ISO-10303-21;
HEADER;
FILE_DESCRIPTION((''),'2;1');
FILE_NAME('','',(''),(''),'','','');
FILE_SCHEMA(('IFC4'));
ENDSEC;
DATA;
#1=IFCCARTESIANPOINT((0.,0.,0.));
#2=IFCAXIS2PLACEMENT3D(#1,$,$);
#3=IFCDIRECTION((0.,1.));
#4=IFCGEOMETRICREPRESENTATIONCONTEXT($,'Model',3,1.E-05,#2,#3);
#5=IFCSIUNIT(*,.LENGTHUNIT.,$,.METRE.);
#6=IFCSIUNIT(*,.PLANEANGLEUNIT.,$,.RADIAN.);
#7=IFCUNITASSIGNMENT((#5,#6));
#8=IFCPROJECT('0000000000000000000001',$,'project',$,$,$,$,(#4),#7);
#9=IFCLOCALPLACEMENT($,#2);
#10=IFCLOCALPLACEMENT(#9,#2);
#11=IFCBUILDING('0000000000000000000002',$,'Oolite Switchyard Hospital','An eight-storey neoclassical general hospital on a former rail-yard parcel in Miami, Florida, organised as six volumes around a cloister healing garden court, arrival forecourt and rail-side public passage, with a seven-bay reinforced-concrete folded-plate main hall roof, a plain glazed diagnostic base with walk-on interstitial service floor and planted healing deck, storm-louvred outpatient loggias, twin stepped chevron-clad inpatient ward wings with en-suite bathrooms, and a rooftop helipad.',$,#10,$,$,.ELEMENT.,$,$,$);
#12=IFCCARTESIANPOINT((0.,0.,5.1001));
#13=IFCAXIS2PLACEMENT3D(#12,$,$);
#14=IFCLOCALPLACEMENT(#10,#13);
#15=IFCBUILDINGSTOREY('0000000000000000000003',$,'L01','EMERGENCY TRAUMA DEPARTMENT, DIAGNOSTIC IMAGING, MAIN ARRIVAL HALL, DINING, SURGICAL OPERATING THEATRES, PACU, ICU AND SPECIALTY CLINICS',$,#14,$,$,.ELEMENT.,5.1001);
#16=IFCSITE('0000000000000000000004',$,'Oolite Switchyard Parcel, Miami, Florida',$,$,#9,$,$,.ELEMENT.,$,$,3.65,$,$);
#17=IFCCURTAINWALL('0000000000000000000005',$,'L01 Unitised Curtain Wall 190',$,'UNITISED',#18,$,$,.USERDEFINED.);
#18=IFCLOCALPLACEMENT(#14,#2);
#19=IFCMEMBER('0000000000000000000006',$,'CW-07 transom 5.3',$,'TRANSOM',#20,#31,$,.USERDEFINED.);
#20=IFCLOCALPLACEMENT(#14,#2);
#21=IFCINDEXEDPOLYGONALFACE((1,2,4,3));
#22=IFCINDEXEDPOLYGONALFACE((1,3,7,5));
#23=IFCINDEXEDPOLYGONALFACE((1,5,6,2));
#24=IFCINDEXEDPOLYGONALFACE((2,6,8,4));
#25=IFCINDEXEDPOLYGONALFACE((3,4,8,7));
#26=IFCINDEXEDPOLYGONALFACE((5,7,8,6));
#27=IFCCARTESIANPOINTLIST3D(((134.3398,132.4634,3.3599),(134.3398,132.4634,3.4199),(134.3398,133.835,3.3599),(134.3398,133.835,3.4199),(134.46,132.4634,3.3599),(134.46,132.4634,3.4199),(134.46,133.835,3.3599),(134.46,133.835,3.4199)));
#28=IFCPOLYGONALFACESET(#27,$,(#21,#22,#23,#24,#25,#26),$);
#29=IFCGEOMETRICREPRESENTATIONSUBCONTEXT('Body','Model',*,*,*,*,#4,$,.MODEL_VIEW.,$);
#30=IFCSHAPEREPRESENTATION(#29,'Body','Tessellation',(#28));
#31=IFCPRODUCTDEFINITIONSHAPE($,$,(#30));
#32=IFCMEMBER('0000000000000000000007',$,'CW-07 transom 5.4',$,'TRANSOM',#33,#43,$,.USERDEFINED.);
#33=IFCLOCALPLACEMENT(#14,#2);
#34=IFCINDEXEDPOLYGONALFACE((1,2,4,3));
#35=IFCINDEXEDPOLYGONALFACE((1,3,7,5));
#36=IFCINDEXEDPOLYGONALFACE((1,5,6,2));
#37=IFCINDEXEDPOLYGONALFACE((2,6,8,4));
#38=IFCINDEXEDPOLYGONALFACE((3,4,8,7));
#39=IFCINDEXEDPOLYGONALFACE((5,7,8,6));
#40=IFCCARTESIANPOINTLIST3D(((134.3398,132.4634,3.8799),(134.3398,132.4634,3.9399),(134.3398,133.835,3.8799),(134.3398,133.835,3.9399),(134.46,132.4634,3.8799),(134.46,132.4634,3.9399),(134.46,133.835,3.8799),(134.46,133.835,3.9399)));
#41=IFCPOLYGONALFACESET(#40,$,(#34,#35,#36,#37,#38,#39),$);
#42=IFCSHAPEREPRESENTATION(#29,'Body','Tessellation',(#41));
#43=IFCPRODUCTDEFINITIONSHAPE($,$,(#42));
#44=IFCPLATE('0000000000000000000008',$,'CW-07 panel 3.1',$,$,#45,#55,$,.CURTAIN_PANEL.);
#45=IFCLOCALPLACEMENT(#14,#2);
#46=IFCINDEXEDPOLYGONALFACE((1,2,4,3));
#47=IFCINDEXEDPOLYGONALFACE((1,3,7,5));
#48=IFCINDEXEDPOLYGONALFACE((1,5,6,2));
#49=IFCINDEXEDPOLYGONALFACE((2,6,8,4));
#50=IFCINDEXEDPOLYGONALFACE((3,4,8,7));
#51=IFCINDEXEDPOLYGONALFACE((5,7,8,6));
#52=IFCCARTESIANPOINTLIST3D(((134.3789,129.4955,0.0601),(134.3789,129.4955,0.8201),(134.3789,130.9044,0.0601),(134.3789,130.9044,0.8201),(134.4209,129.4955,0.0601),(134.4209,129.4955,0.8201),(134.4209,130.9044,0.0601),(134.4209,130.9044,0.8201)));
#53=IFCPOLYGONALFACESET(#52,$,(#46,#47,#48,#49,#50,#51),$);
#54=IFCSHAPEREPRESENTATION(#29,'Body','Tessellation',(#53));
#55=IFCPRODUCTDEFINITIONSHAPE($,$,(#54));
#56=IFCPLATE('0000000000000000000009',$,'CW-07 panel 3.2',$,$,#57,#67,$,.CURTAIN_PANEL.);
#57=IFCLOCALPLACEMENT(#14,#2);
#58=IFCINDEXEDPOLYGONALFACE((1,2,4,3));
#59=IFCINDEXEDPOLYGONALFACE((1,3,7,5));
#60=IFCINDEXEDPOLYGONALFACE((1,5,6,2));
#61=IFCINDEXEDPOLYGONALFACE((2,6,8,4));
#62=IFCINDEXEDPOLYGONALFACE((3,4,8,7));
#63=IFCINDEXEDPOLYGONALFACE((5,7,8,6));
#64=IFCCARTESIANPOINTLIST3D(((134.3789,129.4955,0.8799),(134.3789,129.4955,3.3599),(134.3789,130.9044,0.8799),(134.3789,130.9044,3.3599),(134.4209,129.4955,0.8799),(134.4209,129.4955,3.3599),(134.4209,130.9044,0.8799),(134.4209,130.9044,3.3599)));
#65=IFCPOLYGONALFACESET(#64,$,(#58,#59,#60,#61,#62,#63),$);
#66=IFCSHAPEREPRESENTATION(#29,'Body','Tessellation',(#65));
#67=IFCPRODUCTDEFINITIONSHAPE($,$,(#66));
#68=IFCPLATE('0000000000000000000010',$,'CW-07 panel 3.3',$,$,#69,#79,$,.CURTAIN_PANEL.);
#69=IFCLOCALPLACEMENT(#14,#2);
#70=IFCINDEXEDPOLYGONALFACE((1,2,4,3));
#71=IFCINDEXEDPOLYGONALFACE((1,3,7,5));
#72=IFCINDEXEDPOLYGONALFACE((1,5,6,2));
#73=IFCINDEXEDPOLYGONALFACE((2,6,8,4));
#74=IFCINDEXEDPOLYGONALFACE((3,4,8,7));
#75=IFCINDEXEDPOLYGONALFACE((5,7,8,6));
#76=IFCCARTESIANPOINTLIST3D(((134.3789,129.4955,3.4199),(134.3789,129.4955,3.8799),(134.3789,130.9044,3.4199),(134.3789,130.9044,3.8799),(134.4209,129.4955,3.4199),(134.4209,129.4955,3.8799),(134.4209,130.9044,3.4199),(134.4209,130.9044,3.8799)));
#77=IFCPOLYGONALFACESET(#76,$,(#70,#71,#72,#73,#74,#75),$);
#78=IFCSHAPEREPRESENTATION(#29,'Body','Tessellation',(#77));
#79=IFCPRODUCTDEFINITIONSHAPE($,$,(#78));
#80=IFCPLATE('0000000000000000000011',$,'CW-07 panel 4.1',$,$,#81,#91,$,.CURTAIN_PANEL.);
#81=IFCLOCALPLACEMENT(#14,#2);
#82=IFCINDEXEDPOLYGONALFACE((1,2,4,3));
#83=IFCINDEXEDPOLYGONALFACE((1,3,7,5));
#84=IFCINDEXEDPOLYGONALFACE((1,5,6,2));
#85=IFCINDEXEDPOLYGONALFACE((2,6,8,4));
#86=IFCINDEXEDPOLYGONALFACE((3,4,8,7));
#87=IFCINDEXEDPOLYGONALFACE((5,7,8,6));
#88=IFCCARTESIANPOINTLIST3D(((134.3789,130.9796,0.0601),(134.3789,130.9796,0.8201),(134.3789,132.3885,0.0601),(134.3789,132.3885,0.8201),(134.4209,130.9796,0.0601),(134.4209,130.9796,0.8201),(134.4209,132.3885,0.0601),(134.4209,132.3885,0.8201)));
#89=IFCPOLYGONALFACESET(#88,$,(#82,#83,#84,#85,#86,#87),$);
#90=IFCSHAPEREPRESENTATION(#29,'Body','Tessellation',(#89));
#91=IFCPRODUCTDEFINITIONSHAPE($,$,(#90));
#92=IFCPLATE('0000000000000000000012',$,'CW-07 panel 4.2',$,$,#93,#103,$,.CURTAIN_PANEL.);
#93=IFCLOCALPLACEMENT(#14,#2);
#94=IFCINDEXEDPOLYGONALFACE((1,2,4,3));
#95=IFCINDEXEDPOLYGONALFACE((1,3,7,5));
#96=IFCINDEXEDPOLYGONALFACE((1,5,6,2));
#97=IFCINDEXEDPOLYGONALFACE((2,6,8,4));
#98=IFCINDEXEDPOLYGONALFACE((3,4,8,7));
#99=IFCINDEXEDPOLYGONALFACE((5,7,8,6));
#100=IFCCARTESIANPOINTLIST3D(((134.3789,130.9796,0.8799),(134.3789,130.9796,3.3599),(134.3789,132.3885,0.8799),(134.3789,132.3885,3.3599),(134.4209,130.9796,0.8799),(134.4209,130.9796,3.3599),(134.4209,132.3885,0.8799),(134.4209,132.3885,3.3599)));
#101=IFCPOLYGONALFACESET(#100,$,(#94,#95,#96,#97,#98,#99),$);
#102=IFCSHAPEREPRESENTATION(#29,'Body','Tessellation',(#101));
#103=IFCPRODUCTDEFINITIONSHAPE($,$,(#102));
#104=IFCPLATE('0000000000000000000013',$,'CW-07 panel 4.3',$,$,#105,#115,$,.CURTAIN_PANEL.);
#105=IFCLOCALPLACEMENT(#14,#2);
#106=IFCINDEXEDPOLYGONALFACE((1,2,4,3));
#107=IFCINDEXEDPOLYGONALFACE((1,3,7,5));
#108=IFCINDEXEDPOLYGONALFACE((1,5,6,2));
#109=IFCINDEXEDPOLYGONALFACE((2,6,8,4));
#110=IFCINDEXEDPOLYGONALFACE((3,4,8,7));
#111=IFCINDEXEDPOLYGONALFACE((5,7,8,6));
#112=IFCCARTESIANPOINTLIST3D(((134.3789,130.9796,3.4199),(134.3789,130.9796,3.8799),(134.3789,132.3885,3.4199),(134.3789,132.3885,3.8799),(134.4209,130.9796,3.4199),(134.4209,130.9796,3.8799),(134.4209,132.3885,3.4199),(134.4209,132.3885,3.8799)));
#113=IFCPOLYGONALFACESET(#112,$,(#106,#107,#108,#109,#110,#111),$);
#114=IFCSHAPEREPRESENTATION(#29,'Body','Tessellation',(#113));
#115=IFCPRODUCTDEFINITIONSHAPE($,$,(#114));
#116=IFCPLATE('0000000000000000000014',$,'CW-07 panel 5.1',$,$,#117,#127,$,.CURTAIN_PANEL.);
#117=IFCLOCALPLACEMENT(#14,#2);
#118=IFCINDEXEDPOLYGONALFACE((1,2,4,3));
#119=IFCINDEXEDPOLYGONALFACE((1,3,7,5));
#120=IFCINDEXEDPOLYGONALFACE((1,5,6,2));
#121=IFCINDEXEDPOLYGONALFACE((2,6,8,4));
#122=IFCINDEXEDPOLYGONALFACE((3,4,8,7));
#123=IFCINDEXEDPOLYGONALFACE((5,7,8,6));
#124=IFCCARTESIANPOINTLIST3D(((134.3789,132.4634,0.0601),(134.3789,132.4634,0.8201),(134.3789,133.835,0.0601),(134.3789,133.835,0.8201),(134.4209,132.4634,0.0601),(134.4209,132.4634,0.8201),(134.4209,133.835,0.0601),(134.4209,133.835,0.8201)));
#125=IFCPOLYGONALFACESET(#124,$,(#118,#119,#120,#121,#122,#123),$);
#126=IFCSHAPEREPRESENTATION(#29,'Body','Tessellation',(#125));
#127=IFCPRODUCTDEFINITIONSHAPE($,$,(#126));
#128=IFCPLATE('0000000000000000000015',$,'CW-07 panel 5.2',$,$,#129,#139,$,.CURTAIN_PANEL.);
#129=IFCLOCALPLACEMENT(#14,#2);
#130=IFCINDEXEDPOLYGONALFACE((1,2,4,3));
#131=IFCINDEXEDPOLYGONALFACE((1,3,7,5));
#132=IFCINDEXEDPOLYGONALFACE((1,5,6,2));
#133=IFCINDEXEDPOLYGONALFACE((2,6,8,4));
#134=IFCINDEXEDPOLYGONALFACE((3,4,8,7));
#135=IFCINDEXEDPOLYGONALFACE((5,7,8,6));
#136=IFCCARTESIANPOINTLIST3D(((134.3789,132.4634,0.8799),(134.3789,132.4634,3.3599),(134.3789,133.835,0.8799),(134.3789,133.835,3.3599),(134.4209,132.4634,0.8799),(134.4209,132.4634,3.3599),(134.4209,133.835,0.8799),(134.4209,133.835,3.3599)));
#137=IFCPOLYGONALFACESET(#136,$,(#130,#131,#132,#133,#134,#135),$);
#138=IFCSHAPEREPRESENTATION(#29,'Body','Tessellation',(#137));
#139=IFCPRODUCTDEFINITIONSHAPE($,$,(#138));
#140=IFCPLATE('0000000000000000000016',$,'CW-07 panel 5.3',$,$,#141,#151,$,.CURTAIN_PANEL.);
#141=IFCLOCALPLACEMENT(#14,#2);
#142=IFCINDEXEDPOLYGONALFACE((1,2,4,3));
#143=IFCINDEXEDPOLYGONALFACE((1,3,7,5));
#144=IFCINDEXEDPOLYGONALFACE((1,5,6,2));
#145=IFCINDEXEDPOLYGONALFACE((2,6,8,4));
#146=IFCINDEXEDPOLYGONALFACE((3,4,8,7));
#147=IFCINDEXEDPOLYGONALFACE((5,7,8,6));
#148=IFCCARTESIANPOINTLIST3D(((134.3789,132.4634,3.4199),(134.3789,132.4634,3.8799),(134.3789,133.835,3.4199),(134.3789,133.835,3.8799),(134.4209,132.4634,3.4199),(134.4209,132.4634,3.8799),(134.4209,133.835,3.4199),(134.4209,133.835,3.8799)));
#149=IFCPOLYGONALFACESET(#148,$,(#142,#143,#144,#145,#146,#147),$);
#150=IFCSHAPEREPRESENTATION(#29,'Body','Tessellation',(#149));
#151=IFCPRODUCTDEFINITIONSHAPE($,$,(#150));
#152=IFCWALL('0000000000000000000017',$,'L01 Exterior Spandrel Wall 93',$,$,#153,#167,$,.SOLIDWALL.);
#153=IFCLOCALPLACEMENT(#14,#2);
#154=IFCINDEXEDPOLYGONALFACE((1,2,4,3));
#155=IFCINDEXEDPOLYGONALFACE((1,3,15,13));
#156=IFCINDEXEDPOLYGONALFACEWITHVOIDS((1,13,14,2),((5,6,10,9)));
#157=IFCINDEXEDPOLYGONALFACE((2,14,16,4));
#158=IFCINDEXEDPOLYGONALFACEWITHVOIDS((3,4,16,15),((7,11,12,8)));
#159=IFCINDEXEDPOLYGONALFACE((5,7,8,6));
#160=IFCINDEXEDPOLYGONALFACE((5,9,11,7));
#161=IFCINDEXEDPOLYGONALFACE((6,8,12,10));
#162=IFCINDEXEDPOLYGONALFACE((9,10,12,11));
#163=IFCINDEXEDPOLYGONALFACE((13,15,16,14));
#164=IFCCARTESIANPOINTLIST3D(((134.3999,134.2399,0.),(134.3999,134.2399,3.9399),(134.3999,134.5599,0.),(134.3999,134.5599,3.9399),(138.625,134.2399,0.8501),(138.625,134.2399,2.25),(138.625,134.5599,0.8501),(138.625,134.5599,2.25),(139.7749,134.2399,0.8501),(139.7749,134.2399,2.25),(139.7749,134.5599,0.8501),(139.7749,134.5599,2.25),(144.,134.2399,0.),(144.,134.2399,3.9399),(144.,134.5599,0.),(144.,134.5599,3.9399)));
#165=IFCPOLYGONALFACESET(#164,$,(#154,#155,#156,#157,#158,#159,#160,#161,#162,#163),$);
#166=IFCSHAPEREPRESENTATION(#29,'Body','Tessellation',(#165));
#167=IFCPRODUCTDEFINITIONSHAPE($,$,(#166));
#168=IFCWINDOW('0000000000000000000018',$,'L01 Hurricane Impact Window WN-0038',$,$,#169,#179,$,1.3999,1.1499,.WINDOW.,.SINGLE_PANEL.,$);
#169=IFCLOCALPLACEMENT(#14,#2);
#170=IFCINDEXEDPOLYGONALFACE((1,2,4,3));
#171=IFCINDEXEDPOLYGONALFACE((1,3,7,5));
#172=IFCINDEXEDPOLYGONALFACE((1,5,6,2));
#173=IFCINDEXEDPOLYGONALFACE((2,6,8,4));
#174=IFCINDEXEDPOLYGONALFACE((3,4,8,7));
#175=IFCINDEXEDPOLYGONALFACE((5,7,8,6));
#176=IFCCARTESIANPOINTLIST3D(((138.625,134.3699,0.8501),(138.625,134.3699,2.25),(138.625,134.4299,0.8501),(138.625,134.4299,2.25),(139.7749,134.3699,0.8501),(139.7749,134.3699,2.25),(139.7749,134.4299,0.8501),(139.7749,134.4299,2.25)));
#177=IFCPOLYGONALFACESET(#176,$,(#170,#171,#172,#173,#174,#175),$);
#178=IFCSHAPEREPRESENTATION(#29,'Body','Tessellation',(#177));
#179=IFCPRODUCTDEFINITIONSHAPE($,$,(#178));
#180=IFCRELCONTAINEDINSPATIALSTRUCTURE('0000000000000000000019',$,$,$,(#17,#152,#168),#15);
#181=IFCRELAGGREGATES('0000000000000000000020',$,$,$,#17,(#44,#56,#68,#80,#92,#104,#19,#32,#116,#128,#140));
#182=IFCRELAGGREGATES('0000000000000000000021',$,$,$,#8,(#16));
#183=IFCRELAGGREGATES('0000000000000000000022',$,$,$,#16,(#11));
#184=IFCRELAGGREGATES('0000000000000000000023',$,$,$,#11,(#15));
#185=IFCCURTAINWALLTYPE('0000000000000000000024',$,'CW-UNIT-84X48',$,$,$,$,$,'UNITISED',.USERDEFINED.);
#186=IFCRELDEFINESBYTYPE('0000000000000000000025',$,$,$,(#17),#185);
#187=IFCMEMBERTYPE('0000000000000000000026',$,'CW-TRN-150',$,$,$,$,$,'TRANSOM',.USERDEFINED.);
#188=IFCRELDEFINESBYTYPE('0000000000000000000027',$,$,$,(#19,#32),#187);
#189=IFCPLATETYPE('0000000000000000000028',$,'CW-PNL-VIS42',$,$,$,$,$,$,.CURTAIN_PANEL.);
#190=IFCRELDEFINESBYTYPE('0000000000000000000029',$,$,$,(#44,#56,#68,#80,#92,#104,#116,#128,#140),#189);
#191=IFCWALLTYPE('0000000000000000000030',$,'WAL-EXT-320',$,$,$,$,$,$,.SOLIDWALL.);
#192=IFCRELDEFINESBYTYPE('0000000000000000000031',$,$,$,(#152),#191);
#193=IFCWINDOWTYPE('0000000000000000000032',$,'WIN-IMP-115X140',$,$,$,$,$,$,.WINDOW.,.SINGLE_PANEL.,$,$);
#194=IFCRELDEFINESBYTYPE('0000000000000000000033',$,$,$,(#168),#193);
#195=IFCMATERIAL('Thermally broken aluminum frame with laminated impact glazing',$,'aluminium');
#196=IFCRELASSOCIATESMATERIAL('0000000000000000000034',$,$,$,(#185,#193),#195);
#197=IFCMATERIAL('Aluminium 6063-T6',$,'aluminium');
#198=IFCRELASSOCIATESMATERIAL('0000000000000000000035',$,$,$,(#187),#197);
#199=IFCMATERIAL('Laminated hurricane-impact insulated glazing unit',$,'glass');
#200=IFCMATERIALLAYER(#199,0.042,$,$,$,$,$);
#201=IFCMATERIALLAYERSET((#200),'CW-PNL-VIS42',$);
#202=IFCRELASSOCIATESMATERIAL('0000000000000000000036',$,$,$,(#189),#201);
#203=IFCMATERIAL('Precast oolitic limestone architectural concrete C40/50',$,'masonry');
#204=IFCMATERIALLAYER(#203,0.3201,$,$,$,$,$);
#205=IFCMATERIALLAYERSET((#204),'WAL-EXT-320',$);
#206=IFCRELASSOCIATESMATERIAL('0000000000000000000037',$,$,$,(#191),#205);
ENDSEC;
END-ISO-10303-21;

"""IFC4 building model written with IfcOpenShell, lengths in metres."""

from ifc_helpers import new_model, si_unit, direction, frame, frame_2d, origin, origin_2d, place, context, subcontext, project, spatial, rectangle, extrude, material, layer, layer_set, material_profile, profile_set, type_object, element, fill, aggregate, save


model = new_model("IFC4")

# Units and contexts
model_context = context("Model", 3, precision=1e-05, world=origin(), true_north=direction((0.0, 1.0)))
body_context = subcontext(model_context, "Body", "Model", "MODEL_VIEW")
ifc_project = project(units=[si_unit("LENGTHUNIT", "METRE"), si_unit("PLANEANGLEUNIT", "RADIAN")], contexts=[model_context])

# Site, building, storey
site_placement = place(None, origin())
site = spatial("IfcSite", under=ifc_project, at=site_placement, Name="Oolite Switchyard Parcel, Miami, Florida", CompositionType="ELEMENT", RefElevation=3.65)
building_placement = place(site_placement, origin())
building = spatial("IfcBuilding", under=site, at=building_placement, Name="Oolite Switchyard Hospital", Description="An eight-storey neoclassical general hospital on a former rail-yard parcel in Miami, Florida, organised as six volumes around a cloister healing garden court, arrival forecourt and rail-side public passage, with a seven-bay reinforced-concrete folded-plate main hall roof, a plain glazed diagnostic base with walk-on interstitial service floor and planted healing deck, storm-louvred outpatient loggias, twin stepped chevron-clad inpatient ward wings with en-suite bathrooms, and a rooftop helipad.", CompositionType="ELEMENT")
storey_placement = place(building_placement, frame((0.0, 0.0, 5.1001)))
storey = spatial("IfcBuildingStorey", under=building, at=storey_placement, Name="L01", Description="EMERGENCY TRAUMA DEPARTMENT, DIAGNOSTIC IMAGING, MAIN ARRIVAL HALL, DINING, SURGICAL OPERATING THEATRES, PACU, ICU AND SPECIALTY CLINICS", CompositionType="ELEMENT", Elevation=5.1001)

# Curtain wall, members, plates
ifc_material_1 = material(Name="Thermally broken aluminum frame with laminated impact glazing", Category="aluminium")
curtain_wall_type = type_object("IfcCurtainWallType", Name="CW-UNIT-84X48", ElementType="UNITISED", PredefinedType="USERDEFINED", material=ifc_material_1)
curtain_wall_placement = place(storey_placement, origin())
curtain_wall = element("IfcCurtainWall", 1, at=curtain_wall_placement, inside=storey, type_object=curtain_wall_type, Name="L01 Unitised Curtain Wall 190", ObjectType="UNITISED", PredefinedType="USERDEFINED")
ifc_material_2 = material(Name="Aluminium 6063-T6", Category="aluminium")
ifc_material_profile_1 = material_profile(ifc_material_2, rectangle(XDim=0.1201, YDim=0.0601, at=origin_2d()), Name="CWT60X120")
ifc_profile_set_1 = profile_set([ifc_material_profile_1], Name="Aluminium 6063-T6")
member_type_1 = type_object("IfcMemberType", Name="CW-TRN-150", ElementType="TRANSOM", PredefinedType="USERDEFINED", material=ifc_profile_set_1)
member_1_placement = place(storey_placement, frame((134.3999, 132.4634, 3.3899), z_axis=(0.0, 1.0, 0.0), x_axis=(-1.0, 0.0, 0.0)))
member_1 = element("IfcMember", 2, at=member_1_placement, type_object=member_type_1, Name="CW-07 transom 5.3", ObjectType="TRANSOM", PredefinedType="USERDEFINED", context=body_context, shape_type="SweptSolid", body=[
    extrude(rectangle(XDim=0.1201, YDim=0.0601, at=origin_2d()), origin(), (0.0, 0.0, 1.0), 1.3716),
])
member_2_placement = place(storey_placement, frame((134.3999, 132.4634, 3.9099), z_axis=(0.0, 1.0, 0.0), x_axis=(-1.0, 0.0, 0.0)))
member_2 = element("IfcMember", 3, at=member_2_placement, type_object=member_type_1, Name="CW-07 transom 5.4", ObjectType="TRANSOM", PredefinedType="USERDEFINED", context=body_context, shape_type="SweptSolid", body=[
    extrude(rectangle(XDim=0.1201, YDim=0.0601, at=origin_2d()), origin(), (0.0, 0.0, 1.0), 1.3716),
])
ifc_material_3 = material(Name="Laminated hurricane-impact insulated glazing unit", Category="glass")
ifc_layer_1 = layer(ifc_material_3, 0.042)
ifc_layer_set_1 = layer_set([ifc_layer_1], Name="CW-PNL-VIS42")
plate_type = type_object("IfcPlateType", Name="CW-PNL-VIS42", PredefinedType="CURTAIN_PANEL", material=ifc_layer_set_1)
plate_1_placement = place(storey_placement, frame((134.3999, 130.2, 0.0601), z_axis=(0.0, 0.0, 1.0), x_axis=(0.0, 1.0, 0.0)))
plate_1 = element("IfcPlate", 4, at=plate_1_placement, type_object=plate_type, Name="CW-07 panel 3.1", PredefinedType="CURTAIN_PANEL", context=body_context, shape_type="SweptSolid", body=[
    extrude(rectangle(XDim=1.4089, YDim=0.042, at=origin_2d()), origin(), (0.0, 0.0, 1.0), 0.76),
])
plate_2_placement = place(storey_placement, frame((134.3999, 130.2, 0.8799), z_axis=(0.0, 0.0, 1.0), x_axis=(0.0, 1.0, 0.0)))
plate_2 = element("IfcPlate", 5, at=plate_2_placement, type_object=plate_type, Name="CW-07 panel 3.2", PredefinedType="CURTAIN_PANEL", context=body_context, shape_type="SweptSolid", body=[
    extrude(rectangle(XDim=1.4089, YDim=0.042, at=origin_2d()), origin(), (0.0, 0.0, 1.0), 2.48),
])
plate_3_placement = place(storey_placement, frame((134.3999, 130.2, 3.4199), z_axis=(0.0, 0.0, 1.0), x_axis=(0.0, 1.0, 0.0)))
plate_3 = element("IfcPlate", 6, at=plate_3_placement, type_object=plate_type, Name="CW-07 panel 3.3", PredefinedType="CURTAIN_PANEL", context=body_context, shape_type="SweptSolid", body=[
    extrude(rectangle(XDim=1.4089, YDim=0.042, at=origin_2d()), origin(), (0.0, 0.0, 1.0), 0.46),
])
plate_4_placement = place(storey_placement, frame((134.3999, 131.6841, 0.0601), z_axis=(0.0, 0.0, 1.0), x_axis=(0.0, 1.0, 0.0)))
plate_4 = element("IfcPlate", 7, at=plate_4_placement, type_object=plate_type, Name="CW-07 panel 4.1", PredefinedType="CURTAIN_PANEL", context=body_context, shape_type="SweptSolid", body=[
    extrude(rectangle(XDim=1.4089, YDim=0.042, at=origin_2d()), origin(), (0.0, 0.0, 1.0), 0.76),
])
plate_5_placement = place(storey_placement, frame((134.3999, 131.6841, 0.8799), z_axis=(0.0, 0.0, 1.0), x_axis=(0.0, 1.0, 0.0)))
plate_5 = element("IfcPlate", 8, at=plate_5_placement, type_object=plate_type, Name="CW-07 panel 4.2", PredefinedType="CURTAIN_PANEL", context=body_context, shape_type="SweptSolid", body=[
    extrude(rectangle(XDim=1.4089, YDim=0.042, at=origin_2d()), origin(), (0.0, 0.0, 1.0), 2.48),
])
plate_6_placement = place(storey_placement, frame((134.3999, 131.6841, 3.4199), z_axis=(0.0, 0.0, 1.0), x_axis=(0.0, 1.0, 0.0)))
plate_6 = element("IfcPlate", 9, at=plate_6_placement, type_object=plate_type, Name="CW-07 panel 4.3", PredefinedType="CURTAIN_PANEL", context=body_context, shape_type="SweptSolid", body=[
    extrude(rectangle(XDim=1.4089, YDim=0.042, at=origin_2d()), origin(), (0.0, 0.0, 1.0), 0.46),
])
plate_7_placement = place(storey_placement, frame((134.3999, 133.1492, 0.0601), z_axis=(0.0, 0.0, 1.0), x_axis=(0.0, 1.0, 0.0)))
plate_7 = element("IfcPlate", 10, at=plate_7_placement, type_object=plate_type, Name="CW-07 panel 5.1", PredefinedType="CURTAIN_PANEL", context=body_context, shape_type="SweptSolid", body=[
    extrude(rectangle(XDim=1.3716, YDim=0.042, at=origin_2d()), origin(), (0.0, 0.0, 1.0), 0.76),
])
plate_8_placement = place(storey_placement, frame((134.3999, 133.1492, 0.8799), z_axis=(0.0, 0.0, 1.0), x_axis=(0.0, 1.0, 0.0)))
plate_8 = element("IfcPlate", 11, at=plate_8_placement, type_object=plate_type, Name="CW-07 panel 5.2", PredefinedType="CURTAIN_PANEL", context=body_context, shape_type="SweptSolid", body=[
    extrude(rectangle(XDim=1.3716, YDim=0.042, at=origin_2d()), origin(), (0.0, 0.0, 1.0), 2.48),
])
plate_9_placement = place(storey_placement, frame((134.3999, 133.1492, 3.4199), z_axis=(0.0, 0.0, 1.0), x_axis=(0.0, 1.0, 0.0)))
plate_9 = element("IfcPlate", 12, at=plate_9_placement, type_object=plate_type, Name="CW-07 panel 5.3", PredefinedType="CURTAIN_PANEL", context=body_context, shape_type="SweptSolid", body=[
    extrude(rectangle(XDim=1.3716, YDim=0.042, at=origin_2d()), origin(), (0.0, 0.0, 1.0), 0.46),
])
aggregate(curtain_wall, [plate_1, plate_2, plate_3, plate_4, plate_5, plate_6, member_1, member_2, plate_7, plate_8, plate_9])

# Wall, opening, window
ifc_material_4 = material(Name="Precast oolitic limestone architectural concrete C40/50", Category="masonry")
ifc_layer_2 = layer(ifc_material_4, 0.3201)
ifc_layer_set_2 = layer_set([ifc_layer_2], Name="WAL-EXT-320")
wall_type = type_object("IfcWallType", Name="WAL-EXT-320", PredefinedType="SOLIDWALL", material=ifc_layer_set_2)
wall_placement = place(storey_placement, frame((134.3999, 134.3999, 0.0), z_axis=(0.0, 0.0, 1.0), x_axis=(1.0, 0.0, 0.0)))
wall = element("IfcWall", 13, at=wall_placement, inside=storey, type_object=wall_type, Name="L01 Exterior Spandrel Wall 93", PredefinedType="SOLIDWALL", context=body_context, shape_type="SweptSolid", body=[
    extrude(rectangle(XDim=9.6001, YDim=0.3201, at=frame_2d((4.8, 0.0))), origin(), (0.0, 0.0, 1.0), 3.9399),
])
opening_placement = place(wall_placement, frame((4.2251, 0.0, 0.8501)))
opening = element("IfcOpeningElement", 14, at=opening_placement, cuts=wall, PredefinedType="OPENING", context=body_context, shape_type="SweptSolid", body=[
    extrude(rectangle(XDim=1.1499, YDim=1.3999, at=frame_2d((0.575, 0.7))), frame((0.0, 0.1699, 0.0), z_axis=(0.0, -1.0, 0.0), x_axis=(1.0, 0.0, 0.0)), (0.0, 0.0, 1.0), 0.3401),
])
window_type = type_object("IfcWindowType", Name="WIN-IMP-115X140", PartitioningType="SINGLE_PANEL", PredefinedType="WINDOW", material=ifc_material_1)
window_placement = place(opening_placement, origin())
window = element("IfcWindow", 15, at=window_placement, inside=storey, type_object=window_type, Name="L01 Hurricane Impact Window WN-0038", OverallHeight=1.3999, OverallWidth=1.1499, PartitioningType="SINGLE_PANEL", PredefinedType="WINDOW", context=body_context, shape_type="SweptSolid", body=[
    extrude(rectangle(XDim=1.1499, YDim=1.3999, at=frame_2d((0.575, 0.7))), frame((0.0, 0.03, 0.0), z_axis=(0.0, -1.0, 0.0), x_axis=(1.0, 0.0, 0.0)), (0.0, 0.0, 1.0), 0.0601),
])
fill(opening, window)

save(model, "model.ifc")
